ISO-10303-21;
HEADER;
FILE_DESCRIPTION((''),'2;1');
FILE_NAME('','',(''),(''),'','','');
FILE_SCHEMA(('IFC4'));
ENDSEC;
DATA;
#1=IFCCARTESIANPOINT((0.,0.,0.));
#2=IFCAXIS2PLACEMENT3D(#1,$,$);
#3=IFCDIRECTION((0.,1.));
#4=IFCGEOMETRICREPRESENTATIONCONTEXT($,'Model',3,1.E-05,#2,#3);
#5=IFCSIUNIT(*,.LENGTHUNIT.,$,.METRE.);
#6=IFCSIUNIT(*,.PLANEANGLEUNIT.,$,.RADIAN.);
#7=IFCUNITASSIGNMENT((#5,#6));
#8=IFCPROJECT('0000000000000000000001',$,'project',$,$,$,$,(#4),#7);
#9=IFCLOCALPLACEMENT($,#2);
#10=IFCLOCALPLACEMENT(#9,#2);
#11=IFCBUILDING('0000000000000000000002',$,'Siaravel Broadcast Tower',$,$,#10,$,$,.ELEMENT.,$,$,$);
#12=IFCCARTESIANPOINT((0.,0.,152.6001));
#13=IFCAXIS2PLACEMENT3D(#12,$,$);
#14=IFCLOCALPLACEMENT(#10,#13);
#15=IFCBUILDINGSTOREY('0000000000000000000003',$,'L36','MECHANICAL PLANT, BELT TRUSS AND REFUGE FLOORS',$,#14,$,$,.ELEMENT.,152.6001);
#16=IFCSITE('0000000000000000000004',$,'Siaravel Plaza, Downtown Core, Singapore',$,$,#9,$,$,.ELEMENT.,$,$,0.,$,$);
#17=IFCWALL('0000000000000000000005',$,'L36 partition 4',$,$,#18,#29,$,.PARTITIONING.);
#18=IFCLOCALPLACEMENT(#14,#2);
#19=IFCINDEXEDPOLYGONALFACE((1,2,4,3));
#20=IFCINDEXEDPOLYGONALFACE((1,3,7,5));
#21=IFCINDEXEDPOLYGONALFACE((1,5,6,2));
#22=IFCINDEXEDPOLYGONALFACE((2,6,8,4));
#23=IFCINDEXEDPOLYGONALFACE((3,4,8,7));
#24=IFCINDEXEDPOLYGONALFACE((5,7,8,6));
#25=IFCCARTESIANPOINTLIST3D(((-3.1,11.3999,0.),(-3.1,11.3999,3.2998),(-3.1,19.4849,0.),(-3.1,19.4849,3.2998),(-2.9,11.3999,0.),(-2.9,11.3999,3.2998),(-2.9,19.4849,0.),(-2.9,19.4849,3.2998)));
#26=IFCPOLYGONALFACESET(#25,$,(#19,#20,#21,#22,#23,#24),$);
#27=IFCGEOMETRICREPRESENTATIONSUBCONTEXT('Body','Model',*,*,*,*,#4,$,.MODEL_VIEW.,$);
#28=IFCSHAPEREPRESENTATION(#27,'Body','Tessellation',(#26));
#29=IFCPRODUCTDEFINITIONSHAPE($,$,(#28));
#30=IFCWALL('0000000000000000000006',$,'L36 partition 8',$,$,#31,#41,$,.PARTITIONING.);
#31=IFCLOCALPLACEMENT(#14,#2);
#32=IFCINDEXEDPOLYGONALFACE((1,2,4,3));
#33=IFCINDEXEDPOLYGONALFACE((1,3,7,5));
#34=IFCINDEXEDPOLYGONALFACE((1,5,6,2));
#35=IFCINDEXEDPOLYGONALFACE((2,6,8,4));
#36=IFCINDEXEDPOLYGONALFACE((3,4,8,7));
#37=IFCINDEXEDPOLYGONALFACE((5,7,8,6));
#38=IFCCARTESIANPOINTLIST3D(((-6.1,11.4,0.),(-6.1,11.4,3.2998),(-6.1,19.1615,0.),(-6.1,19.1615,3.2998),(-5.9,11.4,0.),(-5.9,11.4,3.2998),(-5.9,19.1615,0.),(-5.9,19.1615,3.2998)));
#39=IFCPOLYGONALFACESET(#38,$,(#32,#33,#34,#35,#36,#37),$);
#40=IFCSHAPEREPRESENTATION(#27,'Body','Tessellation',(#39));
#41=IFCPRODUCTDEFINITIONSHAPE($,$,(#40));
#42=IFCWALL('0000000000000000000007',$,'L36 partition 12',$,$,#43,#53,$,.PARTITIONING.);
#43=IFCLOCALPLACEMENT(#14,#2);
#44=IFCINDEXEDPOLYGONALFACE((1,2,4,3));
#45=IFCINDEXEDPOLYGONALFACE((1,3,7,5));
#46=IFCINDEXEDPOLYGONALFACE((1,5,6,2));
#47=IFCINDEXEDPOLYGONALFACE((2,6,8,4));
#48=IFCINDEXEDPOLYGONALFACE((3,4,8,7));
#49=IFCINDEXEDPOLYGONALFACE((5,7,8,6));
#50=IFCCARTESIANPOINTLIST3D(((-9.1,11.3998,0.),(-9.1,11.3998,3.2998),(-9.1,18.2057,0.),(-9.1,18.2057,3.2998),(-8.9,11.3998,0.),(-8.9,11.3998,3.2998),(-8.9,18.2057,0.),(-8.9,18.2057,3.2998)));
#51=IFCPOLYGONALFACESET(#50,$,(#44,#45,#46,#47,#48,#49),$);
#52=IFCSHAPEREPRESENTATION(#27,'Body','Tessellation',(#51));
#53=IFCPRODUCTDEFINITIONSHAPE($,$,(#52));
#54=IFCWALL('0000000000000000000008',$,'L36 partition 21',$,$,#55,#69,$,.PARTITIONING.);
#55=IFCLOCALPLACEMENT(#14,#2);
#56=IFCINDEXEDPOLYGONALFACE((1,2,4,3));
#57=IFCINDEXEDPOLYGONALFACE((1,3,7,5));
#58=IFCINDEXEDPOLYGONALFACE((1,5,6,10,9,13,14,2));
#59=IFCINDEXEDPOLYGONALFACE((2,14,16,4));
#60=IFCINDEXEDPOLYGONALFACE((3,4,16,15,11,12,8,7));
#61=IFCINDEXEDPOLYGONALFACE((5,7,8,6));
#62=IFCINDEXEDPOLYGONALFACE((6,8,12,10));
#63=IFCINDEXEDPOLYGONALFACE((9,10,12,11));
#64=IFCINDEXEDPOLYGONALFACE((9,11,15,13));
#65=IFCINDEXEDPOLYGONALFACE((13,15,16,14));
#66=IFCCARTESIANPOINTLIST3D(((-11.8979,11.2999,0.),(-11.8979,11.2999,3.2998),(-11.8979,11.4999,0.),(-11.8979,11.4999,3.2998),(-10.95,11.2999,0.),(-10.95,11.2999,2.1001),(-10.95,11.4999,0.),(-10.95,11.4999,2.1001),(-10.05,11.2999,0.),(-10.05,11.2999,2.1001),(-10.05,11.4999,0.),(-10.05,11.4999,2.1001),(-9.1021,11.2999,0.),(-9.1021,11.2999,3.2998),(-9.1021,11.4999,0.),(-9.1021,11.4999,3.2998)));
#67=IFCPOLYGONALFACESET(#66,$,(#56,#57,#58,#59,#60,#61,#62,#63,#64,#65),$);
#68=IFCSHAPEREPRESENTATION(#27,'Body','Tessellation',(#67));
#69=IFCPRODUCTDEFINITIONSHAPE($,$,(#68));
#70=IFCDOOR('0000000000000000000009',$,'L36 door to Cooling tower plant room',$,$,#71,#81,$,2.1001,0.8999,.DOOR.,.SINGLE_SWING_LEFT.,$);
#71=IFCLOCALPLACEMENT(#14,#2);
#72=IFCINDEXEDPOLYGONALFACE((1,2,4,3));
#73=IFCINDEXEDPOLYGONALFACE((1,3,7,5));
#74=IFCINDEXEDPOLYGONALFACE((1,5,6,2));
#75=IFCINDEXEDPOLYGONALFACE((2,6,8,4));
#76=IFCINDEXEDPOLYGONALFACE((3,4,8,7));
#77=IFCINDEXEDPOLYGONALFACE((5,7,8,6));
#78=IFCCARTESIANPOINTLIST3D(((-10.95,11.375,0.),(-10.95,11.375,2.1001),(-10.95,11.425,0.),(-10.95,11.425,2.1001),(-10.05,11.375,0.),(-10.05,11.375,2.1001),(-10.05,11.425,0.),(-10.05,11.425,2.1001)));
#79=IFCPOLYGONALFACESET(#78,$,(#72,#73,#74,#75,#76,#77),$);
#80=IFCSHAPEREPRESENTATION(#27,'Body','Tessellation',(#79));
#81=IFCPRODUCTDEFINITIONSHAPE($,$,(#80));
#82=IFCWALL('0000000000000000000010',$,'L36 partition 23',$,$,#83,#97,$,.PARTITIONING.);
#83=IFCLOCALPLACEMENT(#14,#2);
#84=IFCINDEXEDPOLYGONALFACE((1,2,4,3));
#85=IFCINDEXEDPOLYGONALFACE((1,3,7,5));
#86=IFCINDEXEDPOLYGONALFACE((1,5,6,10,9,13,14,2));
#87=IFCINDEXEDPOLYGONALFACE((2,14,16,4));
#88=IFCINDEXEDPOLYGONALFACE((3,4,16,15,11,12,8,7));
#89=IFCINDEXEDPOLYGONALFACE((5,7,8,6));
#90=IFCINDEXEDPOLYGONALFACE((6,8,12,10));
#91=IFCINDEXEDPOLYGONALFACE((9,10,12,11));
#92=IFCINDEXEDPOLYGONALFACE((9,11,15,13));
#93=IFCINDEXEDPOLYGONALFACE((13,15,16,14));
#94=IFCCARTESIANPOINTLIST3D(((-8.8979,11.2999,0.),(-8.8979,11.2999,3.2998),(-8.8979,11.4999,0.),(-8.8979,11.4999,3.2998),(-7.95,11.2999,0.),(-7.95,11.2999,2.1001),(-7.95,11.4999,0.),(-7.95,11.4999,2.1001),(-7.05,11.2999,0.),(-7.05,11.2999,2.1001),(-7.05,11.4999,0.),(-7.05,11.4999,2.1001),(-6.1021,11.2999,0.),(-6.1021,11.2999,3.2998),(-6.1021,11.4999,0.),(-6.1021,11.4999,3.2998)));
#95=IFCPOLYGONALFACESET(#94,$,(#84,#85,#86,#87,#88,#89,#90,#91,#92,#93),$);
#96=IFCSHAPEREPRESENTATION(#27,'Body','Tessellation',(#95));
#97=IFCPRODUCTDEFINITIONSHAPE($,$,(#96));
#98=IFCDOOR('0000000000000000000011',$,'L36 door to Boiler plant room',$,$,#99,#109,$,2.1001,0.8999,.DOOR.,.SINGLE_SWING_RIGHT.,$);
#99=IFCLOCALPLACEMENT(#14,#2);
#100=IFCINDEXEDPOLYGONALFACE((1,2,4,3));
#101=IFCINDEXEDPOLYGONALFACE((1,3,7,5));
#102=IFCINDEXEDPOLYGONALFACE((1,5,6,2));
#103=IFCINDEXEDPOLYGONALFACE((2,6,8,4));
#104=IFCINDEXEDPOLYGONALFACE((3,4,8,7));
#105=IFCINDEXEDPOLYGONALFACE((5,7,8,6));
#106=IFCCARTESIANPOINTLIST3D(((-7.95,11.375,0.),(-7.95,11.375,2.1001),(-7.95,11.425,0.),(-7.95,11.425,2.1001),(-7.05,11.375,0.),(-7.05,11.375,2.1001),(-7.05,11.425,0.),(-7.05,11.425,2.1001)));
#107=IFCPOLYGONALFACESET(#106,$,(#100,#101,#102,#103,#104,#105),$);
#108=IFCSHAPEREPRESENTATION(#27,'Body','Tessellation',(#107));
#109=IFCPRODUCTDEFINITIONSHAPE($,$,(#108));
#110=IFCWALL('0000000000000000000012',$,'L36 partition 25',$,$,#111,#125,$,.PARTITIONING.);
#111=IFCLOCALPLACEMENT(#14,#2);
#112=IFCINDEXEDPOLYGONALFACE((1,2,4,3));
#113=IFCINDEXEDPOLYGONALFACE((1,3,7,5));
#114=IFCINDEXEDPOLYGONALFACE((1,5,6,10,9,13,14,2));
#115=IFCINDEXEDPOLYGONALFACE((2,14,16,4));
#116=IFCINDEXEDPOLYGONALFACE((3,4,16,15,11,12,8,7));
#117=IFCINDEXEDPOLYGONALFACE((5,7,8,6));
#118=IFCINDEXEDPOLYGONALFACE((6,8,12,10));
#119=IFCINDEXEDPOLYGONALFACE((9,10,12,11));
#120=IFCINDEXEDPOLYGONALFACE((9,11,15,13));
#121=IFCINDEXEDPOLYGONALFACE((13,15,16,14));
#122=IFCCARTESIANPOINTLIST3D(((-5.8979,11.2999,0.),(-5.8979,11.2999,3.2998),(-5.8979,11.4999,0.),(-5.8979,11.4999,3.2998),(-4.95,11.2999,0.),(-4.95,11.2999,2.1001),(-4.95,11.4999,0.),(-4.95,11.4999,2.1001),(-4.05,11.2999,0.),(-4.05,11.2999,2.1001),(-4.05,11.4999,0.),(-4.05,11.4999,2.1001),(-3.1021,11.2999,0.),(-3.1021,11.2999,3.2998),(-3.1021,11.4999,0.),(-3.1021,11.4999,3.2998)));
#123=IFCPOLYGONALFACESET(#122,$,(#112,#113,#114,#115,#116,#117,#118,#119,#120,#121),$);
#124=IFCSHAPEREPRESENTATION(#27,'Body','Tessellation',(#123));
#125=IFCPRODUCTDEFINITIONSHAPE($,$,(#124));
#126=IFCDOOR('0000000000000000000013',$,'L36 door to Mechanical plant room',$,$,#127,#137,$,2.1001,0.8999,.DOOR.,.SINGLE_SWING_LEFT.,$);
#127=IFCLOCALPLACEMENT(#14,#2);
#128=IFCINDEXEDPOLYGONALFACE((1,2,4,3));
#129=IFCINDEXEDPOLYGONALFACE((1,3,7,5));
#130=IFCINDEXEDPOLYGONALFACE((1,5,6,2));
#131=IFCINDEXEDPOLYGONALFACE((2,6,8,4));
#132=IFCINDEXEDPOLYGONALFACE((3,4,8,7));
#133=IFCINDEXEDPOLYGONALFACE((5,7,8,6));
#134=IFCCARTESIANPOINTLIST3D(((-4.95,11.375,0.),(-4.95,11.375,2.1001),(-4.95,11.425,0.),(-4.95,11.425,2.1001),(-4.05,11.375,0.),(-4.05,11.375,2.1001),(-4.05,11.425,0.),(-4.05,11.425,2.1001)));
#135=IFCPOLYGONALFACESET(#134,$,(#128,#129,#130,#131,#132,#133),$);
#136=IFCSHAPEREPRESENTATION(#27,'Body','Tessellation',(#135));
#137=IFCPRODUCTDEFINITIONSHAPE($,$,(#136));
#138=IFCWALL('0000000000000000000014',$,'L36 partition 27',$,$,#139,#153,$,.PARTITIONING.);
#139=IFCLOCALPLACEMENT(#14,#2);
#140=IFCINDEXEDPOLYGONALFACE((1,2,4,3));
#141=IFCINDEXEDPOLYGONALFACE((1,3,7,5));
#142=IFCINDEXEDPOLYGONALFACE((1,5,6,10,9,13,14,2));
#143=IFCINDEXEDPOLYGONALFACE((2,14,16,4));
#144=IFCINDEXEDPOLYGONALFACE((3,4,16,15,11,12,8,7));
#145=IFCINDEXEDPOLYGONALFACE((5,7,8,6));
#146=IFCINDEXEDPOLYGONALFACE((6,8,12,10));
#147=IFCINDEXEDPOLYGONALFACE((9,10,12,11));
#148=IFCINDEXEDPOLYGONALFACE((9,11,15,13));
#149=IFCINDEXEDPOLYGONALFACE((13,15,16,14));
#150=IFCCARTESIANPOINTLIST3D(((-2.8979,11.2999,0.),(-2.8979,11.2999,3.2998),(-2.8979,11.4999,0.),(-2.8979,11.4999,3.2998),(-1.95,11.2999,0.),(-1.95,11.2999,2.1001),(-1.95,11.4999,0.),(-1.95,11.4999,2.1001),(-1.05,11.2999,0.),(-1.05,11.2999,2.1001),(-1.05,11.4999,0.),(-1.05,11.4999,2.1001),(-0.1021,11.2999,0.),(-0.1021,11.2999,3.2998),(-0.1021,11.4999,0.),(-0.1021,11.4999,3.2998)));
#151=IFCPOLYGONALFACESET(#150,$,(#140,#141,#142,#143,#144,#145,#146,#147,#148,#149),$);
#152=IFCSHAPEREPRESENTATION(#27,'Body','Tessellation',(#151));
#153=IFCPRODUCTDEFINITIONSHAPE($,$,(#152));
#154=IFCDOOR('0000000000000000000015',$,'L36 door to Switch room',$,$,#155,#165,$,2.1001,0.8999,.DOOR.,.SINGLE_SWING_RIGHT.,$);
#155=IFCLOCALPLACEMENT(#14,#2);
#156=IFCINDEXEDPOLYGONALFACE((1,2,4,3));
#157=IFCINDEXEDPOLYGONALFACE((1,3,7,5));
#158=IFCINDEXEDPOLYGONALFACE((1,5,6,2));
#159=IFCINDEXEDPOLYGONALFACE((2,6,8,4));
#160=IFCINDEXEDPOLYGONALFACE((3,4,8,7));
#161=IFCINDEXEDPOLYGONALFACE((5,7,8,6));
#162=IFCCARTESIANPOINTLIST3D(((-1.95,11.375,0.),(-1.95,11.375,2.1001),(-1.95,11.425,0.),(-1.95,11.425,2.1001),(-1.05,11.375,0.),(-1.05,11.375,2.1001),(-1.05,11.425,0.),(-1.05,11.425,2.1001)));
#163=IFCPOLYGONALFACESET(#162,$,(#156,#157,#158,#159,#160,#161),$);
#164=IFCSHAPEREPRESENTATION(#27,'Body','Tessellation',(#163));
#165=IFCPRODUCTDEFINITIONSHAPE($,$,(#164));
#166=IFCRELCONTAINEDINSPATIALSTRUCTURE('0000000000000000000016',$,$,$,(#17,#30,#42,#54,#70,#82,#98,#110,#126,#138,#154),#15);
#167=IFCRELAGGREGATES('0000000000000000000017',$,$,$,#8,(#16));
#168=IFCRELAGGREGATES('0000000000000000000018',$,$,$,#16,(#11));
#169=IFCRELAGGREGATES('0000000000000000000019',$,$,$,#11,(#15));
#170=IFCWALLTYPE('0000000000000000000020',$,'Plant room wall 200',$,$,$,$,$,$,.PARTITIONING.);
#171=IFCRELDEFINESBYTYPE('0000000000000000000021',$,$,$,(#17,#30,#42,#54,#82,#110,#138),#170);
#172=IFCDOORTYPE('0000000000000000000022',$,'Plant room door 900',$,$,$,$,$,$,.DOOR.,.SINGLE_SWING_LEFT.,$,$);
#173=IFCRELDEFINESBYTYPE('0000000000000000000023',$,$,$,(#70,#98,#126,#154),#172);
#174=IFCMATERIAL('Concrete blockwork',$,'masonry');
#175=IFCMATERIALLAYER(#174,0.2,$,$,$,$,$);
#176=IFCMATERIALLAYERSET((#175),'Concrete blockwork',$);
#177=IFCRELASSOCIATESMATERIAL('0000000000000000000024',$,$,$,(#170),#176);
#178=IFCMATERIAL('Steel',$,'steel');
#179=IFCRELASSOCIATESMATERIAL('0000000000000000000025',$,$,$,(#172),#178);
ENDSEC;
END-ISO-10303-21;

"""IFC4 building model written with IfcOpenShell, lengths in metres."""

from ifc_helpers import new_model, si_unit, direction, frame, frame_2d, origin, place, context, subcontext, project, spatial, rectangle, extrude, material, layer, layer_set, type_object, element, fill, save


model = new_model("IFC4")

# Units and contexts
model_context = context("Model", 3, precision=1e-05, world=origin(), true_north=direction((0.0, 1.0)))
body_context = subcontext(model_context, "Body", "Model", "MODEL_VIEW")
ifc_project = project(units=[si_unit("LENGTHUNIT", "METRE"), si_unit("PLANEANGLEUNIT", "RADIAN")], contexts=[model_context])

# Site, building, storey
site_placement = place(None, origin())
site = spatial("IfcSite", under=ifc_project, at=site_placement, Name="Siaravel Plaza, Downtown Core, Singapore", CompositionType="ELEMENT", RefElevation=0.0)
building_placement = place(site_placement, origin())
building = spatial("IfcBuilding", under=site, at=building_placement, Name="Siaravel Broadcast Tower", CompositionType="ELEMENT")
storey_placement = place(building_placement, frame((0.0, 0.0, 152.6001)))
storey = spatial("IfcBuildingStorey", under=building, at=storey_placement, Name="L36", Description="MECHANICAL PLANT, BELT TRUSS AND REFUGE FLOORS", CompositionType="ELEMENT", Elevation=152.6001)

# Walls
ifc_material_1 = material(Name="Concrete blockwork", Category="masonry")
ifc_layer = layer(ifc_material_1, 0.2)
ifc_layer_set = layer_set([ifc_layer], Name="Concrete blockwork")
wall_type = type_object("IfcWallType", Name="Plant room wall 200", PredefinedType="PARTITIONING", material=ifc_layer_set)
wall_1_placement = place(storey_placement, frame((-3.0, 11.3999, 0.0), z_axis=(0.0, 0.0, 1.0), x_axis=(0.0, 1.0, 0.0)))
element("IfcWall", 1, at=wall_1_placement, inside=storey, type_object=wall_type, Name="L36 partition 4", PredefinedType="PARTITIONING", context=body_context, shape_type="SweptSolid", body=[
    extrude(rectangle(XDim=8.085, YDim=0.2, at=frame_2d((4.0425, 0.0))), origin(), (0.0, 0.0, 1.0), 3.2998),
])
wall_2_placement = place(storey_placement, frame((-6.0, 11.3999, 0.0), z_axis=(0.0, 0.0, 1.0), x_axis=(0.0, 1.0, 0.0)))
element("IfcWall", 2, at=wall_2_placement, inside=storey, type_object=wall_type, Name="L36 partition 8", PredefinedType="PARTITIONING", context=body_context, shape_type="SweptSolid", body=[
    extrude(rectangle(XDim=7.7615, YDim=0.2, at=frame_2d((3.8809, 0.0))), origin(), (0.0, 0.0, 1.0), 3.2998),
])
wall_3_placement = place(storey_placement, frame((-9.0, 11.3999, 0.0), z_axis=(0.0, 0.0, 1.0), x_axis=(0.0, 1.0, 0.0)))
element("IfcWall", 3, at=wall_3_placement, inside=storey, type_object=wall_type, Name="L36 partition 12", PredefinedType="PARTITIONING", context=body_context, shape_type="SweptSolid", body=[
    extrude(rectangle(XDim=6.8059, YDim=0.2, at=frame_2d((3.4028, 0.0))), origin(), (0.0, 0.0, 1.0), 3.2998),
])

# Walls, openings, doors
wall_4_placement = place(storey_placement, frame((-9.1021, 11.3999, 0.0), z_axis=(0.0, 0.0, 1.0), x_axis=(-1.0, 0.0, 0.0)))
wall_4 = element("IfcWall", 4, at=wall_4_placement, inside=storey, type_object=wall_type, Name="L36 partition 21", PredefinedType="PARTITIONING", context=body_context, shape_type="SweptSolid", body=[
    extrude(rectangle(XDim=2.7959, YDim=0.2, at=frame_2d((1.3979, 0.0))), origin(), (0.0, 0.0, 1.0), 3.2998),
])
opening_1_placement = place(wall_4_placement, frame((0.948, 0.0, 0.0)))
opening_1 = element("IfcOpeningElement", 5, at=opening_1_placement, cuts=wall_4, PredefinedType="OPENING", context=body_context, shape_type="SweptSolid", body=[
    extrude(rectangle(XDim=0.8999, YDim=2.1001, at=frame_2d((0.45, 1.05))), frame((0.0, 0.1099, 0.0), z_axis=(0.0, -1.0, 0.0), x_axis=(1.0, 0.0, 0.0)), (0.0, 0.0, 1.0), 0.22),
])
ifc_material_2 = material(Name="Steel", Category="steel")
door_type = type_object("IfcDoorType", Name="Plant room door 900", OperationType="SINGLE_SWING_LEFT", PredefinedType="DOOR", material=ifc_material_2)
door_1_placement = place(opening_1_placement, origin())
door_1 = element("IfcDoor", 6, at=door_1_placement, inside=storey, type_object=door_type, Name="L36 door to Cooling tower plant room", OperationType="SINGLE_SWING_LEFT", OverallHeight=2.1001, OverallWidth=0.8999, PredefinedType="DOOR", context=body_context, shape_type="SweptSolid", body=[
    extrude(rectangle(XDim=0.8999, YDim=2.1001, at=frame_2d((0.45, 1.05))), frame((0.0, 0.0249, 0.0), z_axis=(0.0, -1.0, 0.0), x_axis=(1.0, 0.0, 0.0)), (0.0, 0.0, 1.0), 0.05),
])
fill(opening_1, door_1)
wall_5_placement = place(storey_placement, frame((-6.1021, 11.3999, 0.0), z_axis=(0.0, 0.0, 1.0), x_axis=(-1.0, 0.0, 0.0)))
wall_5 = element("IfcWall", 7, at=wall_5_placement, inside=storey, type_object=wall_type, Name="L36 partition 23", PredefinedType="PARTITIONING", context=body_context, shape_type="SweptSolid", body=[
    extrude(rectangle(XDim=2.7959, YDim=0.2, at=frame_2d((1.3979, 0.0))), origin(), (0.0, 0.0, 1.0), 3.2998),
])
opening_2_placement = place(wall_5_placement, frame((0.948, 0.0, 0.0)))
opening_2 = element("IfcOpeningElement", 8, at=opening_2_placement, cuts=wall_5, PredefinedType="OPENING", context=body_context, shape_type="SweptSolid", body=[
    extrude(rectangle(XDim=0.8999, YDim=2.1001, at=frame_2d((0.45, 1.05))), frame((0.0, 0.1099, 0.0), z_axis=(0.0, -1.0, 0.0), x_axis=(1.0, 0.0, 0.0)), (0.0, 0.0, 1.0), 0.22),
])
door_2_placement = place(opening_2_placement, origin())
door_2 = element("IfcDoor", 9, at=door_2_placement, inside=storey, type_object=door_type, Name="L36 door to Boiler plant room", OperationType="SINGLE_SWING_RIGHT", OverallHeight=2.1001, OverallWidth=0.8999, PredefinedType="DOOR", context=body_context, shape_type="SweptSolid", body=[
    extrude(rectangle(XDim=0.8999, YDim=2.1001, at=frame_2d((0.45, 1.05))), frame((0.0, 0.0249, 0.0), z_axis=(0.0, -1.0, 0.0), x_axis=(1.0, 0.0, 0.0)), (0.0, 0.0, 1.0), 0.05),
])
fill(opening_2, door_2)
wall_6_placement = place(storey_placement, frame((-3.1021, 11.3999, 0.0), z_axis=(0.0, 0.0, 1.0), x_axis=(-1.0, 0.0, 0.0)))
wall_6 = element("IfcWall", 10, at=wall_6_placement, inside=storey, type_object=wall_type, Name="L36 partition 25", PredefinedType="PARTITIONING", context=body_context, shape_type="SweptSolid", body=[
    extrude(rectangle(XDim=2.7959, YDim=0.2, at=frame_2d((1.3979, 0.0))), origin(), (0.0, 0.0, 1.0), 3.2998),
])
opening_3_placement = place(wall_6_placement, frame((0.948, 0.0, 0.0)))
opening_3 = element("IfcOpeningElement", 11, at=opening_3_placement, cuts=wall_6, PredefinedType="OPENING", context=body_context, shape_type="SweptSolid", body=[
    extrude(rectangle(XDim=0.8999, YDim=2.1001, at=frame_2d((0.45, 1.05))), frame((0.0, 0.1099, 0.0), z_axis=(0.0, -1.0, 0.0), x_axis=(1.0, 0.0, 0.0)), (0.0, 0.0, 1.0), 0.22),
])
door_3_placement = place(opening_3_placement, origin())
door_3 = element("IfcDoor", 12, at=door_3_placement, inside=storey, type_object=door_type, Name="L36 door to Mechanical plant room", OperationType="SINGLE_SWING_LEFT", OverallHeight=2.1001, OverallWidth=0.8999, PredefinedType="DOOR", context=body_context, shape_type="SweptSolid", body=[
    extrude(rectangle(XDim=0.8999, YDim=2.1001, at=frame_2d((0.45, 1.05))), frame((0.0, 0.0249, 0.0), z_axis=(0.0, -1.0, 0.0), x_axis=(1.0, 0.0, 0.0)), (0.0, 0.0, 1.0), 0.05),
])
fill(opening_3, door_3)
wall_7_placement = place(storey_placement, frame((-0.1021, 11.3999, 0.0), z_axis=(0.0, 0.0, 1.0), x_axis=(-1.0, 0.0, 0.0)))
wall_7 = element("IfcWall", 13, at=wall_7_placement, inside=storey, type_object=wall_type, Name="L36 partition 27", PredefinedType="PARTITIONING", context=body_context, shape_type="SweptSolid", body=[
    extrude(rectangle(XDim=2.7959, YDim=0.2, at=frame_2d((1.3979, 0.0))), origin(), (0.0, 0.0, 1.0), 3.2998),
])
opening_4_placement = place(wall_7_placement, frame((0.948, 0.0, 0.0)))
opening_4 = element("IfcOpeningElement", 14, at=opening_4_placement, cuts=wall_7, PredefinedType="OPENING", context=body_context, shape_type="SweptSolid", body=[
    extrude(rectangle(XDim=0.8999, YDim=2.1001, at=frame_2d((0.45, 1.05))), frame((0.0, 0.1099, 0.0), z_axis=(0.0, -1.0, 0.0), x_axis=(1.0, 0.0, 0.0)), (0.0, 0.0, 1.0), 0.22),
])
door_4_placement = place(opening_4_placement, origin())
door_4 = element("IfcDoor", 15, at=door_4_placement, inside=storey, type_object=door_type, Name="L36 door to Switch room", OperationType="SINGLE_SWING_RIGHT", OverallHeight=2.1001, OverallWidth=0.8999, PredefinedType="DOOR", context=body_context, shape_type="SweptSolid", body=[
    extrude(rectangle(XDim=0.8999, YDim=2.1001, at=frame_2d((0.45, 1.05))), frame((0.0, 0.0249, 0.0), z_axis=(0.0, -1.0, 0.0), x_axis=(1.0, 0.0, 0.0)), (0.0, 0.0, 1.0), 0.05),
])
fill(opening_4, door_4)

save(model, "model.ifc")
